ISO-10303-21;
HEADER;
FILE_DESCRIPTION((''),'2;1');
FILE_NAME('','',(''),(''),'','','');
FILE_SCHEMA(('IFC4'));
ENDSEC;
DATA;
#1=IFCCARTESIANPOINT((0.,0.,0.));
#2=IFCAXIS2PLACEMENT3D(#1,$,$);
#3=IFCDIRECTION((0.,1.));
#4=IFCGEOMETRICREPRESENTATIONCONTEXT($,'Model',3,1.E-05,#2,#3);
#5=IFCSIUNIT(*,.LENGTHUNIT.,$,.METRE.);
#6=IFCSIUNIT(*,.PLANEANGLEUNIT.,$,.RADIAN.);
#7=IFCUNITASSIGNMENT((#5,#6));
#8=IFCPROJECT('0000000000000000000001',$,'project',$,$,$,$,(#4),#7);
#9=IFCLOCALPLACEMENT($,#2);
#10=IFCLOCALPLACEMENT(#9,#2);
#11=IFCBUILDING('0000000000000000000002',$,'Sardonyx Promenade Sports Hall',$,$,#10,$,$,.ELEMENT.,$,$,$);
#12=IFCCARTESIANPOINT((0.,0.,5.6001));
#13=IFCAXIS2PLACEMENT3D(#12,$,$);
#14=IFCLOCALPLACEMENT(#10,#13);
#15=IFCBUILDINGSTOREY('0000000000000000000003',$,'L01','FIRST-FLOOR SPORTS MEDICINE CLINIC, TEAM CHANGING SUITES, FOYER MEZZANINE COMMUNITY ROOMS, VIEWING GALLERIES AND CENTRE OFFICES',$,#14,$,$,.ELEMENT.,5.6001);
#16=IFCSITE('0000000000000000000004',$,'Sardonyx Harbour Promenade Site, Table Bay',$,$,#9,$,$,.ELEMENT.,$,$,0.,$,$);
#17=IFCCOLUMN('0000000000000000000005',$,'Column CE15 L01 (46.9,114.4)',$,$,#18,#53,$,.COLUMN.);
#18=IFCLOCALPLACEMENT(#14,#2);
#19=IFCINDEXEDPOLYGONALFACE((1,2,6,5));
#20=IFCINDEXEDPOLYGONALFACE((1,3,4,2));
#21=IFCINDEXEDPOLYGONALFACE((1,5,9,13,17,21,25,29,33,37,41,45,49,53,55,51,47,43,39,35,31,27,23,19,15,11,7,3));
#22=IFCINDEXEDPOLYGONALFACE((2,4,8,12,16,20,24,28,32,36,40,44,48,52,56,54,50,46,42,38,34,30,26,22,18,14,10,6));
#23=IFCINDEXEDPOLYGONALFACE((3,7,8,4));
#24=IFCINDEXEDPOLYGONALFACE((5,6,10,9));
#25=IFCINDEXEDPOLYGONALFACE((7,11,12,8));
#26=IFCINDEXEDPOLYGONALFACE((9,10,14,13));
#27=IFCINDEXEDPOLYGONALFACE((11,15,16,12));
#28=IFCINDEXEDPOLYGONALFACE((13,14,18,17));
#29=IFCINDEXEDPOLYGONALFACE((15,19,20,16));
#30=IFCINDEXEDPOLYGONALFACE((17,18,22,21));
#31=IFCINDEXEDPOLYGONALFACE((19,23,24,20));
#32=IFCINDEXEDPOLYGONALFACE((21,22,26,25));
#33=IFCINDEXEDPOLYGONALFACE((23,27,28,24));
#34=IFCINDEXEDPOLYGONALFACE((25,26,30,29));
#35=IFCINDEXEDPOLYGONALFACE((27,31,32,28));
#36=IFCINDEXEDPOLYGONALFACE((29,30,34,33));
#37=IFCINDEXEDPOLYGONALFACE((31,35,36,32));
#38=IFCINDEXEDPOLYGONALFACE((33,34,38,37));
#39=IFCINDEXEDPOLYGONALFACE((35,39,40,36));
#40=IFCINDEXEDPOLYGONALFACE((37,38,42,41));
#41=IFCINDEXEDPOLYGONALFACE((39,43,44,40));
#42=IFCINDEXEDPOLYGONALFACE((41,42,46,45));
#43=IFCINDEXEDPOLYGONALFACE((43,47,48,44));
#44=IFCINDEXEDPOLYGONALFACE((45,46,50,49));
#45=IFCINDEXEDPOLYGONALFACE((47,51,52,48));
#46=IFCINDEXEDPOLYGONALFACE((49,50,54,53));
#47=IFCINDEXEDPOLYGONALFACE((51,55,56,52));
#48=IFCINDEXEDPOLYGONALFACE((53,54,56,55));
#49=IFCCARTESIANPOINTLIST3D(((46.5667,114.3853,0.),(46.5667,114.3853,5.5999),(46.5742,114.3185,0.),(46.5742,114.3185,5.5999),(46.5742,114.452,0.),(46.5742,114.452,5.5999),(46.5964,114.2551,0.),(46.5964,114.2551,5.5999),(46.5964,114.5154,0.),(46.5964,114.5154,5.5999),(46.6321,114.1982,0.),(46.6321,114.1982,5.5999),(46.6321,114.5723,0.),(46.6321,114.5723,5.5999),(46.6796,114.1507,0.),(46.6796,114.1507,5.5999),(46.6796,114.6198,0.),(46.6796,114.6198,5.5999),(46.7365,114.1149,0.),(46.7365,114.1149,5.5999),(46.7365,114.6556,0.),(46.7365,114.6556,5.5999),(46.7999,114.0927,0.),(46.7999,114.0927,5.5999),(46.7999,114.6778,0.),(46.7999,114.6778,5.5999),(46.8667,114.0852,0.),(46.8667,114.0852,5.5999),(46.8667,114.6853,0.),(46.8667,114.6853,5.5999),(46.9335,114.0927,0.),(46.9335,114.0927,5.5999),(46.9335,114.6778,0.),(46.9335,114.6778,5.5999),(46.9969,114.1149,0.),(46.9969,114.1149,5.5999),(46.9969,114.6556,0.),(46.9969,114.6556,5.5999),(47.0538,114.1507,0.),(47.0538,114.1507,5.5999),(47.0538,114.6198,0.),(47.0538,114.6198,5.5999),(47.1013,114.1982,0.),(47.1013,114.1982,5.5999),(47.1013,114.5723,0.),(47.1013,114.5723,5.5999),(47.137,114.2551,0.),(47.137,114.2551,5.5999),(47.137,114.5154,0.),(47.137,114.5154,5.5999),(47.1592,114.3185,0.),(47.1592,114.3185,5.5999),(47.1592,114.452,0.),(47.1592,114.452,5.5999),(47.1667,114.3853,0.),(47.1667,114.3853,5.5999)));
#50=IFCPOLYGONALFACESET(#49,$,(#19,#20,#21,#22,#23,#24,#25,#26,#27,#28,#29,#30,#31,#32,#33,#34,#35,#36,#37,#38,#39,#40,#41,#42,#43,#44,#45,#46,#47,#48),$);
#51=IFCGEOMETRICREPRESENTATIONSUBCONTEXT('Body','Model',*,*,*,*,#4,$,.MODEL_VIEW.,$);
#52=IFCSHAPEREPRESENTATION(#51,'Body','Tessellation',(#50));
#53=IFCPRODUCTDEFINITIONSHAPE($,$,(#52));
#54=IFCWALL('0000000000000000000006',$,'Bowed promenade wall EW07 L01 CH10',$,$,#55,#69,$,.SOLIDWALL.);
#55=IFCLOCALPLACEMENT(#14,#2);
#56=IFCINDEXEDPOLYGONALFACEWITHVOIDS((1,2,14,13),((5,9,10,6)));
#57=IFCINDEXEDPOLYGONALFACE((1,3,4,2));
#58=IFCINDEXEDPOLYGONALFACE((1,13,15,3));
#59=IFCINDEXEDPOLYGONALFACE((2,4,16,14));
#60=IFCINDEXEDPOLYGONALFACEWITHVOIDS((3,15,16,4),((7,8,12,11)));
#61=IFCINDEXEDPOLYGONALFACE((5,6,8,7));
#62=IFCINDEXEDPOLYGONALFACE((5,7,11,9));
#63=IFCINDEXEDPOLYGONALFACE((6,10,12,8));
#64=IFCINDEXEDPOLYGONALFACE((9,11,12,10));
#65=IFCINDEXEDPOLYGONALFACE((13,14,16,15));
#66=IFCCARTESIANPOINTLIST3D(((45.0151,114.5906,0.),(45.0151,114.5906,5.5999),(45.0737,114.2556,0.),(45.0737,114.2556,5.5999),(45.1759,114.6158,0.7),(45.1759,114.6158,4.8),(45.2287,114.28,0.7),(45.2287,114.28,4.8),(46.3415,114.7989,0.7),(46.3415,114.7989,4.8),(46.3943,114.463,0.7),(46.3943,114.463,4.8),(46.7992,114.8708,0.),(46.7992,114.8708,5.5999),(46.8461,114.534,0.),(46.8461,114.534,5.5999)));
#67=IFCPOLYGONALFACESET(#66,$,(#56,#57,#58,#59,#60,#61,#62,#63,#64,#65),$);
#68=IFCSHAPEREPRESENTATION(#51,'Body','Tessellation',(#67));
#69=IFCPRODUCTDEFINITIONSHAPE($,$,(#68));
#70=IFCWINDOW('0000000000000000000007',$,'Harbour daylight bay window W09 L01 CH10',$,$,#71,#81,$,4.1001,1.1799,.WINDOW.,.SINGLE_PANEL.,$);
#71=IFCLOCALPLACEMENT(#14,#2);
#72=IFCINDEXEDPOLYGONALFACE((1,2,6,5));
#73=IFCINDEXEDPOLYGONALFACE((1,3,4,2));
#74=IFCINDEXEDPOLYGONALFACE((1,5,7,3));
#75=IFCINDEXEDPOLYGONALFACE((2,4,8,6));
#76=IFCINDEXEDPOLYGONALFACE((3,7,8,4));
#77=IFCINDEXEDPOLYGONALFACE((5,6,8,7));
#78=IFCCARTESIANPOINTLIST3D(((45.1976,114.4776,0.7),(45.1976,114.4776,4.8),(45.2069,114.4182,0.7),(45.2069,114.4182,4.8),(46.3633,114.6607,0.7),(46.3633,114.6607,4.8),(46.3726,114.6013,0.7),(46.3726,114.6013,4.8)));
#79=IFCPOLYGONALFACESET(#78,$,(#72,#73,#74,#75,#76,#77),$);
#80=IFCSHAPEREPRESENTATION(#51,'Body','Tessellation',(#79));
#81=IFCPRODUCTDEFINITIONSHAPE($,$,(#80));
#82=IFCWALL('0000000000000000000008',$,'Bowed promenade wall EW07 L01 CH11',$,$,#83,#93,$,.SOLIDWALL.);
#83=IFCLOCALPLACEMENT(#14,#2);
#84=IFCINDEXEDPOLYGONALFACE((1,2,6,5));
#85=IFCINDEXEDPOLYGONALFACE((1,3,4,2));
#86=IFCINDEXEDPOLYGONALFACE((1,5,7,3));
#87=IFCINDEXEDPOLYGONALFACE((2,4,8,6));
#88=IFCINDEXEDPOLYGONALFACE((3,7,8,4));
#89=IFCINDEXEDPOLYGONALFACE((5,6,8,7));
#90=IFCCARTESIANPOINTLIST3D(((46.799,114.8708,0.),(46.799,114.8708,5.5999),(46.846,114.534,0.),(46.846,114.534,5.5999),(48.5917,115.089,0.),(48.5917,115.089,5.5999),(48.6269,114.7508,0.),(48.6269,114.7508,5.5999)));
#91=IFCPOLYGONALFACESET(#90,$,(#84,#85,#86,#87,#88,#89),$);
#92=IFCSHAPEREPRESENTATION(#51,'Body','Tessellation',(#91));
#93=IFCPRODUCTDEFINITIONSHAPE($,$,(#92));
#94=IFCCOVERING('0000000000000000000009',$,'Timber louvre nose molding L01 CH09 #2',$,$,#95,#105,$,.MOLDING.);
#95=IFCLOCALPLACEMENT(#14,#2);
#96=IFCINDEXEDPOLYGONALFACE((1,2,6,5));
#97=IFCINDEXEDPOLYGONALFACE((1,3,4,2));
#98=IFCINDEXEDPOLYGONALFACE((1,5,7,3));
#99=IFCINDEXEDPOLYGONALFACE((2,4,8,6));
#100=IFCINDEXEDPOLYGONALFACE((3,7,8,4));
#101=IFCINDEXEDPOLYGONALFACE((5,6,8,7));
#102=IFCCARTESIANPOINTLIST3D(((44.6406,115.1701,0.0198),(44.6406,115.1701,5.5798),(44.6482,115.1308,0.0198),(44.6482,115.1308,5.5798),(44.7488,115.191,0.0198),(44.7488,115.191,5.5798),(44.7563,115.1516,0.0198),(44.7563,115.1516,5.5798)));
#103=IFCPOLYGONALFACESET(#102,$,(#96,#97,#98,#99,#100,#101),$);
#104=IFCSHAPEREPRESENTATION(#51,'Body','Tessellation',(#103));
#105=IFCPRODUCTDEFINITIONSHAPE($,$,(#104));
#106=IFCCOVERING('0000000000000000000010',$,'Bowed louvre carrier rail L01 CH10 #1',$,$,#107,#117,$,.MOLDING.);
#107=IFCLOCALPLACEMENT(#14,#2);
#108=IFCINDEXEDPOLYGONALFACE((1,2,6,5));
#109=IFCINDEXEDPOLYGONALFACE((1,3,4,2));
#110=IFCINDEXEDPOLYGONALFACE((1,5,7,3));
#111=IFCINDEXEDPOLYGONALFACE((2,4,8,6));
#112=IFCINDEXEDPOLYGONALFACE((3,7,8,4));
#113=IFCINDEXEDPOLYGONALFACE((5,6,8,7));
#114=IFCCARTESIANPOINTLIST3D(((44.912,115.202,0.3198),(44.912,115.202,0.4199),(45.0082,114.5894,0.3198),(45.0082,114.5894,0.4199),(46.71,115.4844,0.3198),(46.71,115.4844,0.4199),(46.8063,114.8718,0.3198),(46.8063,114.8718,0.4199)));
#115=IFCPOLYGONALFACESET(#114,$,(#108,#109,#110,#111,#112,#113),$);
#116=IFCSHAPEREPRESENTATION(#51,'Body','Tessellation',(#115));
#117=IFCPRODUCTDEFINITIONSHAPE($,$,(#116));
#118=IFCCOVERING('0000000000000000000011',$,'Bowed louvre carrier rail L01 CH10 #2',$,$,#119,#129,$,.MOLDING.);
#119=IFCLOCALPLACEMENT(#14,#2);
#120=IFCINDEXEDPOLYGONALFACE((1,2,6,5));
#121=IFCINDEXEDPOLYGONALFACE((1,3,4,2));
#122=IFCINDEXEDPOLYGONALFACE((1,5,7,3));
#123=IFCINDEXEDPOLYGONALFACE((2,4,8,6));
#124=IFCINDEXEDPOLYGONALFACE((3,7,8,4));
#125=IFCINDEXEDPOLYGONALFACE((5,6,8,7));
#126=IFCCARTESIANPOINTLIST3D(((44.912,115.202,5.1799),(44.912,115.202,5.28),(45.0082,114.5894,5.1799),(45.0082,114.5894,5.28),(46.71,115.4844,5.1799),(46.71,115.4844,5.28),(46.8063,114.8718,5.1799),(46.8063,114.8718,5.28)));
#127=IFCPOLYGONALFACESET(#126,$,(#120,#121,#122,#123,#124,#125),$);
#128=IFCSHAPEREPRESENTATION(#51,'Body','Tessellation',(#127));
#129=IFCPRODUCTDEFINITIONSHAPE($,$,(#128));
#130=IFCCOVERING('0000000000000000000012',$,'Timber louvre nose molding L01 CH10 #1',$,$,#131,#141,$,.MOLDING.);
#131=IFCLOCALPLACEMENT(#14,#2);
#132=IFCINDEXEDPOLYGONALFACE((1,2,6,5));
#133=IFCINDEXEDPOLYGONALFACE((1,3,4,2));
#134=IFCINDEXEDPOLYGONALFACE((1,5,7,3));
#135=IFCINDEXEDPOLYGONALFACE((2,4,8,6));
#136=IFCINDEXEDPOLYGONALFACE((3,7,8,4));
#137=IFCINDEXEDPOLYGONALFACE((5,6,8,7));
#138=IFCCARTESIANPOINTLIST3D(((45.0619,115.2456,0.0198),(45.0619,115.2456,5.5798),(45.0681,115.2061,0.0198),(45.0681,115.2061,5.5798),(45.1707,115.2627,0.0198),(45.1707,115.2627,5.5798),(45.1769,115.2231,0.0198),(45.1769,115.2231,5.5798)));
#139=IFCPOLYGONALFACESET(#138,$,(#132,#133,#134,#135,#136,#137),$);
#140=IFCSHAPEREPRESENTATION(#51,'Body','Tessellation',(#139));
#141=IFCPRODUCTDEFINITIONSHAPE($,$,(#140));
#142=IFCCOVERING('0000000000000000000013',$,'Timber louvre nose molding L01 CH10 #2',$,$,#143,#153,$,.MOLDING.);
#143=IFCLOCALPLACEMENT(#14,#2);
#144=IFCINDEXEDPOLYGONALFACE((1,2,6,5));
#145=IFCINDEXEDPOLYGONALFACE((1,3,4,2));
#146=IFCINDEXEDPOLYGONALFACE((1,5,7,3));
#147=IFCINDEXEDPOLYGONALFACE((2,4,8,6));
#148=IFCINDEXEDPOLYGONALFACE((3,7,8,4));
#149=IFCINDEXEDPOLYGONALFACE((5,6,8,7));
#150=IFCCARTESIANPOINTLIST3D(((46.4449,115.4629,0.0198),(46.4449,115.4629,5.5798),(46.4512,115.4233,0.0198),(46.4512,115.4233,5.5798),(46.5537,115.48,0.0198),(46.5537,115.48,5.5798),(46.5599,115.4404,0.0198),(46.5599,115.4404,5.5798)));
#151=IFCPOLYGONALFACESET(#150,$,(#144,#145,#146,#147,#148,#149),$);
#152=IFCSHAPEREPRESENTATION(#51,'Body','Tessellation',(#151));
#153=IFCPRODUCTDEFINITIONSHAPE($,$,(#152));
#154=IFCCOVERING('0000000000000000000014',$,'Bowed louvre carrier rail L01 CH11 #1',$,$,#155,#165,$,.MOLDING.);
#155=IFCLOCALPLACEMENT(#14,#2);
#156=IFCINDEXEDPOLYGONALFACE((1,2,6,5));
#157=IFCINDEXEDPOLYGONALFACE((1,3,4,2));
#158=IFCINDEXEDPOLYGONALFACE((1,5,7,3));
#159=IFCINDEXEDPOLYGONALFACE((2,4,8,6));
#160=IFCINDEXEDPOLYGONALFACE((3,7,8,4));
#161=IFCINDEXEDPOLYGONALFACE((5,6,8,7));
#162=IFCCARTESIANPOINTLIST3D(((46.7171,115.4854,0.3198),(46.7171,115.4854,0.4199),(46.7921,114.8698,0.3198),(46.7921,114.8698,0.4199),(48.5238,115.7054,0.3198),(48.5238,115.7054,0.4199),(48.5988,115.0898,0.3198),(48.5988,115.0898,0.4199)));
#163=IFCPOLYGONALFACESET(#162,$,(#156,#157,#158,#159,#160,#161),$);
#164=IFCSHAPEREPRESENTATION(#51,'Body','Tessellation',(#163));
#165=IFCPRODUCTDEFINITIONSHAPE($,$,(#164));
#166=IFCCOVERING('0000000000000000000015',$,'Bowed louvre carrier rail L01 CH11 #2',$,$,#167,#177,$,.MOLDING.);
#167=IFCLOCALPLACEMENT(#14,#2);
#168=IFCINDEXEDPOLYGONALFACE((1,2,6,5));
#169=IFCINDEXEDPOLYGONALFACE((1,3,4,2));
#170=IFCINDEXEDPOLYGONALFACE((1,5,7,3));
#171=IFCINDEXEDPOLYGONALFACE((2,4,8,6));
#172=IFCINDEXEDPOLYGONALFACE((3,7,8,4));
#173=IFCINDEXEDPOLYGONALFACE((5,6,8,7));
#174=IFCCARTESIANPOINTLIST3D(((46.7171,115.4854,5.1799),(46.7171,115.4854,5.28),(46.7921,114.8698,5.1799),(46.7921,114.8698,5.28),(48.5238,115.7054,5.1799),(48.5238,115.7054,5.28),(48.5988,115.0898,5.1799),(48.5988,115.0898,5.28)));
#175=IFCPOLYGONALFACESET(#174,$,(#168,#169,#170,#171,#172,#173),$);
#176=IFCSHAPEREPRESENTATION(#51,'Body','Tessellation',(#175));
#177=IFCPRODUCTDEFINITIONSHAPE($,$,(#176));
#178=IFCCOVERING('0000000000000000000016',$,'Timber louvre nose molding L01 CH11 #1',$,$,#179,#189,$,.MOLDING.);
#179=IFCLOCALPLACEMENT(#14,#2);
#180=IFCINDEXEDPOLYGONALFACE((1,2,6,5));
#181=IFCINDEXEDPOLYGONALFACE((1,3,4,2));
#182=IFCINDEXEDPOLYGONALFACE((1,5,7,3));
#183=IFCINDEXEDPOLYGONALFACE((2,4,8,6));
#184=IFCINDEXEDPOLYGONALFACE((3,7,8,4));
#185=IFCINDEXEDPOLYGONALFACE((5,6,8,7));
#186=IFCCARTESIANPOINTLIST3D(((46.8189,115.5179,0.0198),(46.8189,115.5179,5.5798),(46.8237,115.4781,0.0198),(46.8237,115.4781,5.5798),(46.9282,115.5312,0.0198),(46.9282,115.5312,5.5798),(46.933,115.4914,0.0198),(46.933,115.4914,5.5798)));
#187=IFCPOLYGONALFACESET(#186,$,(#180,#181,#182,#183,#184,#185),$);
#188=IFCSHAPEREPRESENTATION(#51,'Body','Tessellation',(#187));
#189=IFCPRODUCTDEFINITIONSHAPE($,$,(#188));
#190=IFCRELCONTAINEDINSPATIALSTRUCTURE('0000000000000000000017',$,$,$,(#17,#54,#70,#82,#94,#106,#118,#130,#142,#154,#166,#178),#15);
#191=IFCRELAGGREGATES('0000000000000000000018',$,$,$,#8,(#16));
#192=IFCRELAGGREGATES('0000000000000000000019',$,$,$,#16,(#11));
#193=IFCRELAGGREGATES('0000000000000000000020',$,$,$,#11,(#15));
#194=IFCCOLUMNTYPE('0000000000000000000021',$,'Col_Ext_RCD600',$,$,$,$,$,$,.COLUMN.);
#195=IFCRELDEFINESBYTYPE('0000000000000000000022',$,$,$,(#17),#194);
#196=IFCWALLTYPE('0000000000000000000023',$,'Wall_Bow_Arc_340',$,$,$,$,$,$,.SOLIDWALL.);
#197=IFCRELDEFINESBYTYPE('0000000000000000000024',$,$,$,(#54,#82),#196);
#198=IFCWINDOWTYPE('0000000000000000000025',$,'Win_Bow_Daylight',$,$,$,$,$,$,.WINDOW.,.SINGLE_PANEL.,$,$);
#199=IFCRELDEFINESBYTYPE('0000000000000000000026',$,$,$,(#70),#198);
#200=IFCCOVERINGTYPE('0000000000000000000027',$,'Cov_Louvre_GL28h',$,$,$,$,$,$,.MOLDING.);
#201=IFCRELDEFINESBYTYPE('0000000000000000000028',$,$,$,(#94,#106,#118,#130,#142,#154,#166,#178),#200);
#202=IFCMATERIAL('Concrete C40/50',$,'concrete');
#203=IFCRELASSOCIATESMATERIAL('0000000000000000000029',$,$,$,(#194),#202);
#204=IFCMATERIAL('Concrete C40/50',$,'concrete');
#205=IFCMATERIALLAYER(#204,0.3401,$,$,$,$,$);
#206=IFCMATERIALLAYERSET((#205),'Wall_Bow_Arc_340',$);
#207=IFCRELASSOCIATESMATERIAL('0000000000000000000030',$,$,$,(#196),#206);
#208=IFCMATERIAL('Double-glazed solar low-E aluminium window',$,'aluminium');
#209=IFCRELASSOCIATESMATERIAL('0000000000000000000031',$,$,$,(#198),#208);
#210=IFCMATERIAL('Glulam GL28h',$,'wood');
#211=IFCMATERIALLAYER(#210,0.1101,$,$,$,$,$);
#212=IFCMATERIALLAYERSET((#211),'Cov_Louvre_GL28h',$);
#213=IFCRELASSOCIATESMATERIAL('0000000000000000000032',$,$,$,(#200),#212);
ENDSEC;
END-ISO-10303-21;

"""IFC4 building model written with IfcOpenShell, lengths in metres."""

from ifc_helpers import new_model, si_unit, direction, frame, frame_2d, origin, origin_2d, place, context, subcontext, project, spatial, polyline, rectangle, circle, outline, extrude, material, layer, layer_set, material_profile, profile_set, type_object, element, fill, save


model = new_model("IFC4")

# Units and contexts
model_context = context("Model", 3, precision=1e-05, world=origin(), true_north=direction((0.0, 1.0)))
body_context = subcontext(model_context, "Body", "Model", "MODEL_VIEW")
ifc_project = project(units=[si_unit("LENGTHUNIT", "METRE"), si_unit("PLANEANGLEUNIT", "RADIAN")], contexts=[model_context])

# Site, building, storey
site_placement = place(None, origin())
site = spatial("IfcSite", under=ifc_project, at=site_placement, Name="Sardonyx Harbour Promenade Site, Table Bay", CompositionType="ELEMENT", RefElevation=0.0)
building_placement = place(site_placement, origin())
building = spatial("IfcBuilding", under=site, at=building_placement, Name="Sardonyx Promenade Sports Hall", CompositionType="ELEMENT")
storey_placement = place(building_placement, frame((0.0, 0.0, 5.6001)))
storey = spatial("IfcBuildingStorey", under=building, at=storey_placement, Name="L01", Description="FIRST-FLOOR SPORTS MEDICINE CLINIC, TEAM CHANGING SUITES, FOYER MEZZANINE COMMUNITY ROOMS, VIEWING GALLERIES AND CENTRE OFFICES", CompositionType="ELEMENT", Elevation=5.6001)

# Column
ifc_material_1 = material(Name="Concrete C40/50", Category="concrete")
ifc_material_profile = material_profile(ifc_material_1, circle(Radius=0.3, at=origin_2d()))
ifc_profile_set = profile_set([ifc_material_profile], Name="Concrete C40/50")
column_type = type_object("IfcColumnType", Name="Col_Ext_RCD600", PredefinedType="COLUMN", material=ifc_profile_set)
column_placement = place(storey_placement, frame((46.8667, 114.3853, 0.0), z_axis=(0.0, 0.0, 1.0), x_axis=(1.0, 0.0, 0.0)))
element("IfcColumn", 1, at=column_placement, inside=storey, type_object=column_type, Name="Column CE15 L01 (46.9,114.4)", PredefinedType="COLUMN", context=body_context, shape_type="SweptSolid", body=[
    extrude(circle(Radius=0.3, at=origin_2d()), origin(), (0.0, 0.0, 1.0), 5.5999),
])

# Wall, opening, window
ifc_material_2 = material(Name="Concrete C40/50", Category="concrete")
ifc_layer_1 = layer(ifc_material_2, 0.3401)
ifc_layer_set_1 = layer_set([ifc_layer_1], Name="Wall_Bow_Arc_340")
wall_type = type_object("IfcWallType", Name="Wall_Bow_Arc_340", PredefinedType="SOLIDWALL", material=ifc_layer_set_1)
wall_1_placement = place(storey_placement, frame((45.0444, 114.4231, 0.0), z_axis=(0.0, 0.0, 1.0), x_axis=(0.987887, 0.155175, 0.0)))
wall_1 = element("IfcWall", 2, at=wall_1_placement, inside=storey, type_object=wall_type, Name="Bowed promenade wall EW07 L01 CH10", PredefinedType="SOLIDWALL", context=body_context, shape_type="SweptSolid", body=[
    extrude(outline(polyline([(0.0029, -0.17), (1.7971, -0.17), (1.8029, 0.17), (-0.0029, 0.17), (0.0029, -0.17)])), origin(), (0.0, 0.0, 1.0), 5.5999),
])
opening_placement = place(wall_1_placement, frame((0.1599, 0.0, 0.7)))
opening = element("IfcOpeningElement", 3, at=opening_placement, cuts=wall_1, PredefinedType="OPENING", context=body_context, shape_type="SweptSolid", body=[
    extrude(rectangle(XDim=1.1799, YDim=4.1001, at=frame_2d((0.5898, 2.05))), frame((0.0, 0.18, 0.0), z_axis=(0.0, -1.0, 0.0), x_axis=(1.0, 0.0, 0.0)), (0.0, 0.0, 1.0), 0.36),
])
ifc_material_3 = material(Name="Double-glazed solar low-E aluminium window", Category="aluminium")
window_type = type_object("IfcWindowType", Name="Win_Bow_Daylight", PartitioningType="SINGLE_PANEL", PredefinedType="WINDOW", material=ifc_material_3)
window_placement = place(opening_placement, origin())
window = element("IfcWindow", 4, at=window_placement, inside=storey, type_object=window_type, Name="Harbour daylight bay window W09 L01 CH10", OverallHeight=4.1001, OverallWidth=1.1799, PartitioningType="SINGLE_PANEL", PredefinedType="WINDOW", context=body_context, shape_type="SweptSolid", body=[
    extrude(rectangle(XDim=1.1799, YDim=4.1001, at=frame_2d((0.5898, 2.05))), frame((0.0, 0.03, 0.0), z_axis=(0.0, -1.0, 0.0), x_axis=(1.0, 0.0, 0.0)), (0.0, 0.0, 1.0), 0.0601),
])
fill(opening, window)

# Wall
wall_2_placement = place(storey_placement, frame((46.8225, 114.7024, 0.0), z_axis=(0.0, 0.0, 1.0), x_axis=(0.992671, 0.120846, 0.0)))
element("IfcWall", 5, at=wall_2_placement, inside=storey, type_object=wall_type, Name="Bowed promenade wall EW07 L01 CH11", PredefinedType="SOLIDWALL", context=body_context, shape_type="SweptSolid", body=[
    extrude(outline(polyline([(0.0029, -0.17), (1.7971, -0.17), (1.8029, 0.17), (-0.0029, 0.17), (0.0029, -0.17)])), origin(), (0.0, 0.0, 1.0), 5.5999),
])

# Coverings
ifc_material_4 = material(Name="Glulam GL28h", Category="wood")
ifc_layer_2 = layer(ifc_material_4, 0.1101)
ifc_layer_set_2 = layer_set([ifc_layer_2], Name="Cov_Louvre_GL28h")
covering_type = type_object("IfcCoveringType", Name="Cov_Louvre_GL28h", PredefinedType="MOLDING", material=ifc_layer_set_2)
covering_placement = place(storey_placement, frame((44.6985, 115.1609, 0.0198), z_axis=(0.0, 0.0, 1.0), x_axis=(0.98193, 0.189246, 0.0)))
element("IfcCovering", 6, at=covering_placement, inside=storey, type_object=covering_type, Name="Timber louvre nose molding L01 CH09 #2", PredefinedType="MOLDING", context=body_context, shape_type="SweptSolid", body=[
    extrude(rectangle(XDim=0.1101, YDim=0.04, at=origin_2d()), origin(), (0.0, 0.0, 1.0), 5.5601),
])
for number, where, z_axis, x_axis, name in (
    (7, (45.8591, 115.0369, 0.3198), (0.0, 0.0, 1.0), (0.987891, 0.155148, 0.0), "Bowed louvre carrier rail L01 CH10 #1"),
    (8, (45.8591, 115.0369, 5.1799), (0.0, 0.0, 1.0), (0.987891, 0.155148, 0.0), "Bowed louvre carrier rail L01 CH10 #2"),
):
    element("IfcCovering", number, at=place(storey_placement, frame(where, z_axis=z_axis, x_axis=x_axis)), inside=storey, type_object=covering_type, Name=name, PredefinedType="MOLDING", context=body_context, shape_type="SweptSolid", body=[
        extrude(rectangle(XDim=1.8201, YDim=0.6201, at=origin_2d()), origin(), (0.0, 0.0, 1.0), 0.1001),
    ])
for number, where, z_axis, x_axis, name in (
    (9, (45.1194, 115.2344, 0.0198), (0.0, 0.0, 1.0), (0.987891, 0.155148, 0.0), "Timber louvre nose molding L01 CH10 #1"),
    (10, (46.5024, 115.4517, 0.0198), (0.0, 0.0, 1.0), (0.987891, 0.155148, 0.0), "Timber louvre nose molding L01 CH10 #2"),
):
    element("IfcCovering", number, at=place(storey_placement, frame(where, z_axis=z_axis, x_axis=x_axis)), inside=storey, type_object=covering_type, Name=name, PredefinedType="MOLDING", context=body_context, shape_type="SweptSolid", body=[
        extrude(rectangle(XDim=0.1101, YDim=0.04, at=origin_2d()), origin(), (0.0, 0.0, 1.0), 5.5601),
    ])
for number, where, z_axis, x_axis, name in (
    (11, (47.658, 115.2876, 0.3198), (0.0, 0.0, 1.0), (0.992669, 0.120863, 0.0), "Bowed louvre carrier rail L01 CH11 #1"),
    (12, (47.658, 115.2876, 5.1799), (0.0, 0.0, 1.0), (0.992669, 0.120863, 0.0), "Bowed louvre carrier rail L01 CH11 #2"),
):
    element("IfcCovering", number, at=place(storey_placement, frame(where, z_axis=z_axis, x_axis=x_axis)), inside=storey, type_object=covering_type, Name=name, PredefinedType="MOLDING", context=body_context, shape_type="SweptSolid", body=[
        extrude(rectangle(XDim=1.8201, YDim=0.6201, at=origin_2d()), origin(), (0.0, 0.0, 1.0), 0.1001),
    ])
for number, where, z_axis, x_axis, name in (
    (13, (46.876, 115.5046, 0.0198), (0.0, 0.0, 1.0), (0.992669, 0.120863, 0.0), "Timber louvre nose molding L01 CH11 #1"),
):
    element("IfcCovering", number, at=place(storey_placement, frame(where, z_axis=z_axis, x_axis=x_axis)), inside=storey, type_object=covering_type, Name=name, PredefinedType="MOLDING", context=body_context, shape_type="SweptSolid", body=[
        extrude(rectangle(XDim=0.1101, YDim=0.04, at=origin_2d()), origin(), (0.0, 0.0, 1.0), 5.5601),
    ])

save(model, "model.ifc")
